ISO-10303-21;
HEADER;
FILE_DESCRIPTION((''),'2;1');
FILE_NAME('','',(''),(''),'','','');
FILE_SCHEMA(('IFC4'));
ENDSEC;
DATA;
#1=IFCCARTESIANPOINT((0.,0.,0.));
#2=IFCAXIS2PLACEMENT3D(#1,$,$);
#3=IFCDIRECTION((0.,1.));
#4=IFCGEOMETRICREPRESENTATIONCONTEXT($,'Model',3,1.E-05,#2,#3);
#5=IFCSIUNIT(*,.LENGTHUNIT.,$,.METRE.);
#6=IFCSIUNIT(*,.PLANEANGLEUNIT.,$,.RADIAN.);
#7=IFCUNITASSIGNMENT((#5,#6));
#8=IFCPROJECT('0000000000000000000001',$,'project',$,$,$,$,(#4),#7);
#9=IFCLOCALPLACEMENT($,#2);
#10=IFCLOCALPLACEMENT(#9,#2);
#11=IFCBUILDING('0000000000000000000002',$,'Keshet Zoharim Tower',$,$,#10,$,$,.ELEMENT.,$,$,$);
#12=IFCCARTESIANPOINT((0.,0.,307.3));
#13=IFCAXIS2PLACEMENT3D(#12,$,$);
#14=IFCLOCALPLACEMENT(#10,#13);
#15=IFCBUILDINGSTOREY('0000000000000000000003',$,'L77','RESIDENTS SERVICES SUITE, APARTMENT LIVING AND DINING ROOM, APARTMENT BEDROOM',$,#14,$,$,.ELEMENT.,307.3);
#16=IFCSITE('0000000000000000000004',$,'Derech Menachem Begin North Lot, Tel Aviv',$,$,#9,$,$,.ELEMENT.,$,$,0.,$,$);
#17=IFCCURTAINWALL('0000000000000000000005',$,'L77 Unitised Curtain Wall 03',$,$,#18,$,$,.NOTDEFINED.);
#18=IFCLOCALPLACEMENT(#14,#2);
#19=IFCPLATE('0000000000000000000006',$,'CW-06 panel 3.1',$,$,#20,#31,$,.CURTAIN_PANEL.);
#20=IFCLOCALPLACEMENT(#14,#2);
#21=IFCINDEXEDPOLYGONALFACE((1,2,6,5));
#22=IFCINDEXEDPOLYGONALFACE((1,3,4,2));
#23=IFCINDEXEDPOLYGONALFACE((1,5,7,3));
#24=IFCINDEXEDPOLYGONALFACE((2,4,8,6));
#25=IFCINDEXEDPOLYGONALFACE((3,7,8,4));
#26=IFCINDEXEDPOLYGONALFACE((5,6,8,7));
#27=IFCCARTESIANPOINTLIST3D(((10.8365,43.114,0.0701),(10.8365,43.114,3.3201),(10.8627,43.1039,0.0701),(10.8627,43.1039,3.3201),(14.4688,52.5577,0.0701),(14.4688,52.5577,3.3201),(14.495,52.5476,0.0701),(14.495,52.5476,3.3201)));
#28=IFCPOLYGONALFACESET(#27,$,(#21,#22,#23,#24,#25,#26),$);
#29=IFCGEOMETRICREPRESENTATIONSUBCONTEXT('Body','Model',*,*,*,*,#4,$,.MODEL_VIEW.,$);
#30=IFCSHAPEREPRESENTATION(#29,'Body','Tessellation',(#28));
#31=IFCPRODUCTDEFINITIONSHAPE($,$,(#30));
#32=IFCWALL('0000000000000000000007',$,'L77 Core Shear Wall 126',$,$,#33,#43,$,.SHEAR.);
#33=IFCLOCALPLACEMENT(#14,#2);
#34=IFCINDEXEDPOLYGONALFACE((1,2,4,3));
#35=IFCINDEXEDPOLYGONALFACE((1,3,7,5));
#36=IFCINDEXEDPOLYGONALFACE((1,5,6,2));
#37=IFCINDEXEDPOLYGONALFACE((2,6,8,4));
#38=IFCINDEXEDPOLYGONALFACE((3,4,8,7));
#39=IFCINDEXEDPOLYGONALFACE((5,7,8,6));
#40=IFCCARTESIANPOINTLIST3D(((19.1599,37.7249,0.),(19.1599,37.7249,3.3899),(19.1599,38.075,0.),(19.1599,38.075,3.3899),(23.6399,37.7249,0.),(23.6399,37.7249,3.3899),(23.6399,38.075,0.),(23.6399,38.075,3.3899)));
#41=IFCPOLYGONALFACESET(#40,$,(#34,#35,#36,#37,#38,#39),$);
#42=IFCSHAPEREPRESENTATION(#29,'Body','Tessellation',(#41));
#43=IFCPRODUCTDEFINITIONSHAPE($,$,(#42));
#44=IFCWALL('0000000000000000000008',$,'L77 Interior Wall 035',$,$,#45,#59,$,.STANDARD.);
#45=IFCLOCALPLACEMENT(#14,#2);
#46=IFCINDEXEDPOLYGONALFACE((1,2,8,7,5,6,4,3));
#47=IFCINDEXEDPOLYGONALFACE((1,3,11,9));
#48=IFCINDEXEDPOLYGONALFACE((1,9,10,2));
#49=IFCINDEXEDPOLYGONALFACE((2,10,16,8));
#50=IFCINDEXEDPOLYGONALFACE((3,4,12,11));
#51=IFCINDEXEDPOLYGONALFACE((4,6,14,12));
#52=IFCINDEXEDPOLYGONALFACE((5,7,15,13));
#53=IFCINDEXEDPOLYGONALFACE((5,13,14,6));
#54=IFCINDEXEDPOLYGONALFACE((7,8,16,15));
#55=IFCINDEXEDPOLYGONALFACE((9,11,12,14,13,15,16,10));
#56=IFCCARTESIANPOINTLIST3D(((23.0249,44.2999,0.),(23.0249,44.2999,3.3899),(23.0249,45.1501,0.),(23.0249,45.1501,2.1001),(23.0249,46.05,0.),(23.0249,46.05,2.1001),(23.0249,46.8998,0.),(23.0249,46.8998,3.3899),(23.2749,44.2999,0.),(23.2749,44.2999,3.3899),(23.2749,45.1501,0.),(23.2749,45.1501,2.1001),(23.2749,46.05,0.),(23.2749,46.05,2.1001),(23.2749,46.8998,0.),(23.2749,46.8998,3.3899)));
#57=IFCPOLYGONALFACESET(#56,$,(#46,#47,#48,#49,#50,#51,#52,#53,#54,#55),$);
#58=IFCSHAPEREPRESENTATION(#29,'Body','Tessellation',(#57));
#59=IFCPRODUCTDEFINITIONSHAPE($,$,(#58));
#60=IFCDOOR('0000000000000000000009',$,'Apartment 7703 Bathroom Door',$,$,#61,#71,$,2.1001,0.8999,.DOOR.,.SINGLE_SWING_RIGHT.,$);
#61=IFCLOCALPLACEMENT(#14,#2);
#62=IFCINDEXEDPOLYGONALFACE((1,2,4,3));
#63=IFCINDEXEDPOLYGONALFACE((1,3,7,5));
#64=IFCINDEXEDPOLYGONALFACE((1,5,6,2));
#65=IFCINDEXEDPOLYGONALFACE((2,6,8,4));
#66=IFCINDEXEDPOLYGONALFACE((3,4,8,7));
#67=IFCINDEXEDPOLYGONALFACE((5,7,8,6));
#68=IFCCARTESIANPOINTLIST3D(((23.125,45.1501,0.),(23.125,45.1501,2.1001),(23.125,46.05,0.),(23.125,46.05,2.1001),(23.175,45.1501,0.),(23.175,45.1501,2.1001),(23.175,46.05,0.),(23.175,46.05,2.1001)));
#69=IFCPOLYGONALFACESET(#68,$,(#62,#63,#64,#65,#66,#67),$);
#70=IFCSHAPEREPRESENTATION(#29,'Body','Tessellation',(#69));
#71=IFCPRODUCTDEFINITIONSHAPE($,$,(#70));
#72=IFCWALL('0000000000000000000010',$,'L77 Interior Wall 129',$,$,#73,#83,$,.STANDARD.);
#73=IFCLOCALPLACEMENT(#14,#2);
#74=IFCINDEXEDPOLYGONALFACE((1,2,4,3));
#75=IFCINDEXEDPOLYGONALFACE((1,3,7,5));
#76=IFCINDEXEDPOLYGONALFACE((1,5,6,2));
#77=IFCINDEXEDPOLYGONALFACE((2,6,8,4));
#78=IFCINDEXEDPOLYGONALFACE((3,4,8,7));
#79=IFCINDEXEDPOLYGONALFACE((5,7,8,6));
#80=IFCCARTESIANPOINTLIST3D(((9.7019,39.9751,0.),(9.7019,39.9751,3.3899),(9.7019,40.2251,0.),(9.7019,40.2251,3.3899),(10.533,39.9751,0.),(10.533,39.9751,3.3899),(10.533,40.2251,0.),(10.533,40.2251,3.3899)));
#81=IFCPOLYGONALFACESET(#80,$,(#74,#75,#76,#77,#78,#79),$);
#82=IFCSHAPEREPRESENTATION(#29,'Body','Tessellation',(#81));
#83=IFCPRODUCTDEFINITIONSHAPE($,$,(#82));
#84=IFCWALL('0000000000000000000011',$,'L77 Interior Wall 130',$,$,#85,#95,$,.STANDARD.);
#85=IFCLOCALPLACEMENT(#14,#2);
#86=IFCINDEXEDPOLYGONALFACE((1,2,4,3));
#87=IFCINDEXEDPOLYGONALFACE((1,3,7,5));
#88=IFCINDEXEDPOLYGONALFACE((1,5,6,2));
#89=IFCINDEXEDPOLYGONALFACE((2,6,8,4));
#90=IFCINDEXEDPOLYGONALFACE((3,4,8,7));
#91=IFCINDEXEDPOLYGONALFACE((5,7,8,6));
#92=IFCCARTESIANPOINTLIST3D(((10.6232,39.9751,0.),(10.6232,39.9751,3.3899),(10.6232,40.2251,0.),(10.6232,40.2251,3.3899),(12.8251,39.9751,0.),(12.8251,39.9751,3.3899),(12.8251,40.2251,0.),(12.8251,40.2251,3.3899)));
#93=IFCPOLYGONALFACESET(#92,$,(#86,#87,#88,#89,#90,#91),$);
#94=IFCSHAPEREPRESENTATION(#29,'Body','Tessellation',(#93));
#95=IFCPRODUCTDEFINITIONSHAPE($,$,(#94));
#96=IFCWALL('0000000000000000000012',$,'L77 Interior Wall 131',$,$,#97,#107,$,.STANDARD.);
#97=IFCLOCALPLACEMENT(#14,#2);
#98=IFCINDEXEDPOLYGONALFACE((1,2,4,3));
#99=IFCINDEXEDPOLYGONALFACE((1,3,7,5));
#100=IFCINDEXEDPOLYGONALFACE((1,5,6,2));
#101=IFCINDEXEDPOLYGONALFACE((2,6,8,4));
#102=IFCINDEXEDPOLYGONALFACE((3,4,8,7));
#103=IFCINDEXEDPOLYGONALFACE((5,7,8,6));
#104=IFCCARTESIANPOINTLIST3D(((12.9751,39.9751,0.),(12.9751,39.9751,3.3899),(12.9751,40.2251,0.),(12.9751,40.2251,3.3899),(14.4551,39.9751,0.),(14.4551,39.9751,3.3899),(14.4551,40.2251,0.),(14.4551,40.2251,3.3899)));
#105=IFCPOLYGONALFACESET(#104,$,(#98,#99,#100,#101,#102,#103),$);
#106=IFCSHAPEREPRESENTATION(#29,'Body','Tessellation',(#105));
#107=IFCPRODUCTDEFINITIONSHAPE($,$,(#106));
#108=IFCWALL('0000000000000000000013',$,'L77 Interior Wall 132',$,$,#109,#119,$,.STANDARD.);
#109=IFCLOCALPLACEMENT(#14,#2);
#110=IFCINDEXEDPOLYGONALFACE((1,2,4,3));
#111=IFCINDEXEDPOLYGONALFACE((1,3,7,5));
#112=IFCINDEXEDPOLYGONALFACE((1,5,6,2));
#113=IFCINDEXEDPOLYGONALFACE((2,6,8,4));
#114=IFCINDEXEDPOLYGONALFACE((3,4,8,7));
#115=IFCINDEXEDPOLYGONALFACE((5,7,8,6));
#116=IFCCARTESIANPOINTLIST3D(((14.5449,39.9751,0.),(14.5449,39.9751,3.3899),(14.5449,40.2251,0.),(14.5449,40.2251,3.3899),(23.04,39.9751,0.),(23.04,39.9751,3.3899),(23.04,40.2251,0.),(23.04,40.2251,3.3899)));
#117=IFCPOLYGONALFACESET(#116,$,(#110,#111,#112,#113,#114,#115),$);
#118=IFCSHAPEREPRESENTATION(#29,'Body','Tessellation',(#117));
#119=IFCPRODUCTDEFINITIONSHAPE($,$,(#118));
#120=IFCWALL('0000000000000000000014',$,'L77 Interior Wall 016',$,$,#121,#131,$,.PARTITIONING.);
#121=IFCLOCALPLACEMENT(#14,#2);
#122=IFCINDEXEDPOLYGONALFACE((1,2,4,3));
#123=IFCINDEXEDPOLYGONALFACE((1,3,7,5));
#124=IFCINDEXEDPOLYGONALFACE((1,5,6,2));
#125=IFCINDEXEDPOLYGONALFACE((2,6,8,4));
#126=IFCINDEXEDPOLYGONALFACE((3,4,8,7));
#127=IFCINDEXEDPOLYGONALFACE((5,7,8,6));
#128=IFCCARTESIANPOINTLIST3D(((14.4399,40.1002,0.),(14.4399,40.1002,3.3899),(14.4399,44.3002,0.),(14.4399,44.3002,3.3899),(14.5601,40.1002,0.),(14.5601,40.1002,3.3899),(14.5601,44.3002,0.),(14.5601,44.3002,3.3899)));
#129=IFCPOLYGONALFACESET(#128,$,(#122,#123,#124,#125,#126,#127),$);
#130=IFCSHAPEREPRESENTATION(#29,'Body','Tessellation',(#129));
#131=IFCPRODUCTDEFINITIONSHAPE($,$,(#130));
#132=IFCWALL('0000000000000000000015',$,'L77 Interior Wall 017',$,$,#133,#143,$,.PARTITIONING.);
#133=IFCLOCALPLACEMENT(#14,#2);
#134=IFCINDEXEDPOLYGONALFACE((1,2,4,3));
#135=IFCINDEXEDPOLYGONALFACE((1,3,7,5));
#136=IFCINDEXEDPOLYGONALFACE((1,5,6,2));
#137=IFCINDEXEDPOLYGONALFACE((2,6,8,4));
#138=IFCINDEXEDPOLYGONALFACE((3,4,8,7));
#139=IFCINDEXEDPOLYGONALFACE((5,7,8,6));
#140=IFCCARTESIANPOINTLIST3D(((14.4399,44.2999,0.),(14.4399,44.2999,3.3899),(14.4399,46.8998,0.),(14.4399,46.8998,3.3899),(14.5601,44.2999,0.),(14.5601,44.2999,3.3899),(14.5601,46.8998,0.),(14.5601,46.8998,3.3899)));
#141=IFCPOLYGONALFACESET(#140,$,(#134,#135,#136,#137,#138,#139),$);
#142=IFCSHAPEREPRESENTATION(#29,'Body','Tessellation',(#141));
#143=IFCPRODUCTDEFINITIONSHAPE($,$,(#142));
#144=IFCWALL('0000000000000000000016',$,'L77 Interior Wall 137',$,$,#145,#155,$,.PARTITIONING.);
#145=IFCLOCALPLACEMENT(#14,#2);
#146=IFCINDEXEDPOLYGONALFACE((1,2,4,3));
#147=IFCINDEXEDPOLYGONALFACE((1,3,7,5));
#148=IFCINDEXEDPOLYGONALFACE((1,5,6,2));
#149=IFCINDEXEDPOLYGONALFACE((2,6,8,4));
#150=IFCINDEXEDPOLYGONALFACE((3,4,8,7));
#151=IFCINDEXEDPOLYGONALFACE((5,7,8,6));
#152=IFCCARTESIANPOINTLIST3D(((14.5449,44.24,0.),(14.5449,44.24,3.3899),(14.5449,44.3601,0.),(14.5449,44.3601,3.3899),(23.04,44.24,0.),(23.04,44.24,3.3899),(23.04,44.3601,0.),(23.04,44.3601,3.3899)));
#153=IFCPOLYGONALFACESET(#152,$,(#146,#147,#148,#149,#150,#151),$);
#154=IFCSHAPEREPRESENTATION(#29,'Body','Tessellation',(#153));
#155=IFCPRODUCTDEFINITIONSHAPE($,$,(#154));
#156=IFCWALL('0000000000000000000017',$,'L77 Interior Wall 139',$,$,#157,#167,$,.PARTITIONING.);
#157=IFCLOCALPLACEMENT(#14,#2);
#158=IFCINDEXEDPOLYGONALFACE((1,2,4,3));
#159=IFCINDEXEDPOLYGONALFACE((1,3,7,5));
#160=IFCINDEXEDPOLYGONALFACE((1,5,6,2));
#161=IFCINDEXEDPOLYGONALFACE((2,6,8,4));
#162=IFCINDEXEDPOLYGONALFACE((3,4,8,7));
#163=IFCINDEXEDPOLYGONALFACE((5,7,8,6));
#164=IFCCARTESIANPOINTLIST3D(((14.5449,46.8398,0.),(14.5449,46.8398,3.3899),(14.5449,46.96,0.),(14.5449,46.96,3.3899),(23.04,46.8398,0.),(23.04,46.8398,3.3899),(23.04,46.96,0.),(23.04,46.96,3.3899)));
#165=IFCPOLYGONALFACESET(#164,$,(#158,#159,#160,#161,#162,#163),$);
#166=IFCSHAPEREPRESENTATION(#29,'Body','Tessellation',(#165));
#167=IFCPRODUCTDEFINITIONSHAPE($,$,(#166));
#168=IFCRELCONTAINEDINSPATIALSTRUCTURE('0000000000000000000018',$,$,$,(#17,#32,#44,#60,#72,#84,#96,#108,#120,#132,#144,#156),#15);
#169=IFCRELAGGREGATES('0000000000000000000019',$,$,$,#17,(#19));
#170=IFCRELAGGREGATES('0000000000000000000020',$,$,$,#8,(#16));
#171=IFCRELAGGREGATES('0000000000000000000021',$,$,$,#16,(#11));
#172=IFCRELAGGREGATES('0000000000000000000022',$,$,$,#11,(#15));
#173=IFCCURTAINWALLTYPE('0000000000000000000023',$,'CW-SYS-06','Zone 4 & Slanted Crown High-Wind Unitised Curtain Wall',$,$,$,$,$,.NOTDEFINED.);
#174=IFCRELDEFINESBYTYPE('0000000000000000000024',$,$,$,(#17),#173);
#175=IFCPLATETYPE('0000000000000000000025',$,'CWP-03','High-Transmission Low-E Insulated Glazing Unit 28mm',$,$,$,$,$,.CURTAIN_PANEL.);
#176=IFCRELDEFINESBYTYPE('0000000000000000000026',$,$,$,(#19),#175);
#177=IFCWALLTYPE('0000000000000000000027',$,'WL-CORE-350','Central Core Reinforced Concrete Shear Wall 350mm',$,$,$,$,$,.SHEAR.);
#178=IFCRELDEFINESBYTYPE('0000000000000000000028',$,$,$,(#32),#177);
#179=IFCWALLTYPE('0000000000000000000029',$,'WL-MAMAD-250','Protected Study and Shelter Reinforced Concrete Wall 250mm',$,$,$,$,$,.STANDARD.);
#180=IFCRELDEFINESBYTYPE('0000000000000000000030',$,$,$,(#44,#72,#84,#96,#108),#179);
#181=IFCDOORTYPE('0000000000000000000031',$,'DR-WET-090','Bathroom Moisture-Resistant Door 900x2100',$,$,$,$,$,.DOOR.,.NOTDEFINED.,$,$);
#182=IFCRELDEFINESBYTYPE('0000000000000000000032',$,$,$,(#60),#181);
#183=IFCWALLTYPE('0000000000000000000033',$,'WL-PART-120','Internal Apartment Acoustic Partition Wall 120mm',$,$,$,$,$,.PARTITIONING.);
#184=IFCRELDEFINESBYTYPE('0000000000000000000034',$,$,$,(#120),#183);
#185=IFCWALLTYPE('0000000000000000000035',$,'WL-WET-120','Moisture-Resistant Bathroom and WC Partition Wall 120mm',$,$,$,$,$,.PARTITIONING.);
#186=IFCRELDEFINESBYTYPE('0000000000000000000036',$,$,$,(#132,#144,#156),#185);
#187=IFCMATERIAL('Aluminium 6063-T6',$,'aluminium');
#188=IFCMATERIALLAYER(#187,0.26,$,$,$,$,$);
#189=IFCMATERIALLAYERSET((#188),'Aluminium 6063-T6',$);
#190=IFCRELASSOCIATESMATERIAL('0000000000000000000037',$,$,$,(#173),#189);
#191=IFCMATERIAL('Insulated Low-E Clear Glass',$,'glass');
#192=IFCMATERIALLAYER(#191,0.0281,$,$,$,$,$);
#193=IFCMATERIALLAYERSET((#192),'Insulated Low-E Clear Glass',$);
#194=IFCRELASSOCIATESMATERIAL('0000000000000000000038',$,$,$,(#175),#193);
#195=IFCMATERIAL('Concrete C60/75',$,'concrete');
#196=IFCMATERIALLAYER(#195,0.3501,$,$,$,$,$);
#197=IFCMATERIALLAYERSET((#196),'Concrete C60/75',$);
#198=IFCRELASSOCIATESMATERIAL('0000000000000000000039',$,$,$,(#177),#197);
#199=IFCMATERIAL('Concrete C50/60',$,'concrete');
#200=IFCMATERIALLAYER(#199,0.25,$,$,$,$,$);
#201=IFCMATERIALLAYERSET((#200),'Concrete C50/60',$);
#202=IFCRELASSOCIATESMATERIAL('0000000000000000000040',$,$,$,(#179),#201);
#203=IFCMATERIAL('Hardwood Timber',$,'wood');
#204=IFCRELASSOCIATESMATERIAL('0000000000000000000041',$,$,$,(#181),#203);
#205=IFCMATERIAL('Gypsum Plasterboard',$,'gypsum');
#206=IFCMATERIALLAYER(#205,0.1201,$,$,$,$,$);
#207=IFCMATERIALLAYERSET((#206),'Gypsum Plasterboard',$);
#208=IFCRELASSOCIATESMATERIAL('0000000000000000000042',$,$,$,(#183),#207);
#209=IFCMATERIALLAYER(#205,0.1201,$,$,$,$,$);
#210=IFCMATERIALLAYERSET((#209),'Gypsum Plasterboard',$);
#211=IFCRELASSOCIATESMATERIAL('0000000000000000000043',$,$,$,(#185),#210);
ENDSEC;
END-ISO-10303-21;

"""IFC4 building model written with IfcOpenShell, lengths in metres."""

from ifc_helpers import new_model, si_unit, direction, frame, frame_2d, origin, origin_2d, place, context, subcontext, project, spatial, rectangle, extrude, material, layer, layer_set, type_object, element, fill, aggregate, save


model = new_model("IFC4")

# Units and contexts
model_context = context("Model", 3, precision=1e-05, world=origin(), true_north=direction((0.0, 1.0)))
body_context = subcontext(model_context, "Body", "Model", "MODEL_VIEW")
ifc_project = project(units=[si_unit("LENGTHUNIT", "METRE"), si_unit("PLANEANGLEUNIT", "RADIAN")], contexts=[model_context])

# Site, building, storey
site_placement = place(None, origin())
site = spatial("IfcSite", under=ifc_project, at=site_placement, Name="Derech Menachem Begin North Lot, Tel Aviv", CompositionType="ELEMENT", RefElevation=0.0)
building_placement = place(site_placement, origin())
building = spatial("IfcBuilding", under=site, at=building_placement, Name="Keshet Zoharim Tower", CompositionType="ELEMENT")
storey_placement = place(building_placement, frame((0.0, 0.0, 307.3)))
storey = spatial("IfcBuildingStorey", under=building, at=storey_placement, Name="L77", Description="RESIDENTS SERVICES SUITE, APARTMENT LIVING AND DINING ROOM, APARTMENT BEDROOM", CompositionType="ELEMENT", Elevation=307.3)

# Curtain wall
ifc_material_1 = material(Name="Aluminium 6063-T6", Category="aluminium")
ifc_layer_1 = layer(ifc_material_1, 0.26)
ifc_layer_set_1 = layer_set([ifc_layer_1], Name="Aluminium 6063-T6")
curtain_wall_type = type_object("IfcCurtainWallType", Name="CW-SYS-06", Description="Zone 4 & Slanted Crown High-Wind Unitised Curtain Wall", PredefinedType="NOTDEFINED", material=ifc_layer_set_1)
curtain_wall_1_placement = place(storey_placement, origin())
curtain_wall_1 = element("IfcCurtainWall", 1, at=curtain_wall_1_placement, inside=storey, type_object=curtain_wall_type, Name="L77 Unitised Curtain Wall 03", PredefinedType="NOTDEFINED")

# Plate
ifc_material_2 = material(Name="Insulated Low-E Clear Glass", Category="glass")
ifc_layer_2 = layer(ifc_material_2, 0.0281)
ifc_layer_set_2 = layer_set([ifc_layer_2], Name="Insulated Low-E Clear Glass")
plate_type = type_object("IfcPlateType", Name="CWP-03", Description="High-Transmission Low-E Insulated Glazing Unit 28mm", PredefinedType="CURTAIN_PANEL", material=ifc_layer_set_2)
plate_1_placement = place(storey_placement, frame((12.6658, 47.8308, 0.0701), z_axis=(0.0, 0.0, 1.0), x_axis=(0.35899, 0.933341, 0.0)))
plate_1 = element("IfcPlate", 2, at=plate_1_placement, type_object=plate_type, Name="CW-06 panel 3.1", PredefinedType="CURTAIN_PANEL", context=body_context, shape_type="SweptSolid", body=[
    extrude(rectangle(XDim=10.1182, YDim=0.0281, at=origin_2d()), origin(), (0.0, 0.0, 1.0), 3.25),
])
aggregate(curtain_wall_1, [plate_1])

# Wall
ifc_material_3 = material(Name="Concrete C60/75", Category="concrete")
ifc_layer_3 = layer(ifc_material_3, 0.3501)
ifc_layer_set_3 = layer_set([ifc_layer_3], Name="Concrete C60/75")
wall_type_1 = type_object("IfcWallType", Name="WL-CORE-350", Description="Central Core Reinforced Concrete Shear Wall 350mm", PredefinedType="SHEAR", material=ifc_layer_set_3)
wall_1_placement = place(storey_placement, frame((19.1599, 37.8999, 0.0), z_axis=(0.0, 0.0, 1.0), x_axis=(1.0, 0.0, 0.0)))
element("IfcWall", 3, at=wall_1_placement, inside=storey, type_object=wall_type_1, Name="L77 Core Shear Wall 126", PredefinedType="SHEAR", context=body_context, shape_type="SweptSolid", body=[
    extrude(rectangle(XDim=4.48, YDim=0.3501, at=frame_2d((2.24, 0.0))), origin(), (0.0, 0.0, 1.0), 3.3899),
])

# Wall, opening, door
ifc_material_4 = material(Name="Concrete C50/60", Category="concrete")
ifc_layer_4 = layer(ifc_material_4, 0.25)
ifc_layer_set_4 = layer_set([ifc_layer_4], Name="Concrete C50/60")
wall_type_2 = type_object("IfcWallType", Name="WL-MAMAD-250", Description="Protected Study and Shelter Reinforced Concrete Wall 250mm", PredefinedType="STANDARD", material=ifc_layer_set_4)
ifc_material_5 = material(Name="Hardwood Timber", Category="wood")
wall_2_placement = place(storey_placement, frame((23.1499, 44.3, 0.0), z_axis=(0.0, 0.0, 1.0), x_axis=(0.0, 1.0, 0.0)))
wall_2 = element("IfcWall", 4, at=wall_2_placement, inside=storey, type_object=wall_type_2, Name="L77 Interior Wall 035", PredefinedType="STANDARD", context=body_context, shape_type="SweptSolid", body=[
    extrude(rectangle(XDim=2.5999, YDim=0.25, at=frame_2d((1.2998, 0.0))), origin(), (0.0, 0.0, 1.0), 3.3899),
])
opening_1_placement = place(wall_2_placement, frame((0.8501, 0.0, 0.0)))
opening_1 = element("IfcOpeningElement", 5, at=opening_1_placement, cuts=wall_2, PredefinedType="OPENING", context=body_context, shape_type="SweptSolid", body=[
    extrude(rectangle(XDim=0.8999, YDim=2.1001, at=frame_2d((0.45, 1.05))), frame((0.0, 0.135, 0.0), z_axis=(0.0, -1.0, 0.0), x_axis=(1.0, 0.0, 0.0)), (0.0, 0.0, 1.0), 0.27),
])
door_type_1 = type_object("IfcDoorType", Name="DR-WET-090", Description="Bathroom Moisture-Resistant Door 900x2100", OperationType="NOTDEFINED", PredefinedType="DOOR", material=ifc_material_5)
door_1_placement = place(opening_1_placement, origin())
door_1 = element("IfcDoor", 6, at=door_1_placement, inside=storey, type_object=door_type_1, Name="Apartment 7703 Bathroom Door", OperationType="SINGLE_SWING_RIGHT", OverallHeight=2.1001, OverallWidth=0.8999, PredefinedType="DOOR", context=body_context, shape_type="SweptSolid", body=[
    extrude(rectangle(XDim=0.8999, YDim=2.1001, at=frame_2d((0.45, 1.05))), frame((0.0, 0.0249, 0.0), z_axis=(0.0, -1.0, 0.0), x_axis=(1.0, 0.0, 0.0)), (0.0, 0.0, 1.0), 0.05),
])
fill(opening_1, door_1)

# Walls
wall_3_placement = place(storey_placement, frame((9.7019, 40.1001, 0.0), z_axis=(0.0, 0.0, 1.0), x_axis=(1.0, 0.0, 0.0)))
element("IfcWall", 7, at=wall_3_placement, inside=storey, type_object=wall_type_2, Name="L77 Interior Wall 129", PredefinedType="STANDARD", context=body_context, shape_type="SweptSolid", body=[
    extrude(rectangle(XDim=0.8311, YDim=0.25, at=frame_2d((0.4155, 0.0))), origin(), (0.0, 0.0, 1.0), 3.3899),
])
wall_4_placement = place(storey_placement, frame((10.623, 40.1001, 0.0), z_axis=(0.0, 0.0, 1.0), x_axis=(1.0, 0.0, 0.0)))
element("IfcWall", 8, at=wall_4_placement, inside=storey, type_object=wall_type_2, Name="L77 Interior Wall 130", PredefinedType="STANDARD", context=body_context, shape_type="SweptSolid", body=[
    extrude(rectangle(XDim=2.2019, YDim=0.25, at=frame_2d((1.1011, 0.0))), origin(), (0.0, 0.0, 1.0), 3.3899),
])
wall_5_placement = place(storey_placement, frame((12.9751, 40.1001, 0.0), z_axis=(0.0, 0.0, 1.0), x_axis=(1.0, 0.0, 0.0)))
element("IfcWall", 9, at=wall_5_placement, inside=storey, type_object=wall_type_2, Name="L77 Interior Wall 131", PredefinedType="STANDARD", context=body_context, shape_type="SweptSolid", body=[
    extrude(rectangle(XDim=1.48, YDim=0.25, at=frame_2d((0.74, 0.0))), origin(), (0.0, 0.0, 1.0), 3.3899),
])
wall_6_placement = place(storey_placement, frame((14.5449, 40.1001, 0.0), z_axis=(0.0, 0.0, 1.0), x_axis=(1.0, 0.0, 0.0)))
element("IfcWall", 10, at=wall_6_placement, inside=storey, type_object=wall_type_2, Name="L77 Interior Wall 132", PredefinedType="STANDARD", context=body_context, shape_type="SweptSolid", body=[
    extrude(rectangle(XDim=8.4951, YDim=0.25, at=frame_2d((4.2476, 0.0))), origin(), (0.0, 0.0, 1.0), 3.3899),
])
ifc_material_6 = material(Name="Gypsum Plasterboard", Category="gypsum")
ifc_layer_5 = layer(ifc_material_6, 0.1201)
ifc_layer_set_5 = layer_set([ifc_layer_5], Name="Gypsum Plasterboard")
wall_type_3 = type_object("IfcWallType", Name="WL-PART-120", Description="Internal Apartment Acoustic Partition Wall 120mm", PredefinedType="PARTITIONING", material=ifc_layer_set_5)
wall_7_placement = place(storey_placement, frame((14.5, 40.1001, 0.0), z_axis=(0.0, 0.0, 1.0), x_axis=(0.0, 1.0, 0.0)))
element("IfcWall", 11, at=wall_7_placement, inside=storey, type_object=wall_type_3, Name="L77 Interior Wall 016", PredefinedType="PARTITIONING", context=body_context, shape_type="SweptSolid", body=[
    extrude(rectangle(XDim=4.2, YDim=0.1201, at=frame_2d((2.1001, 0.0))), origin(), (0.0, 0.0, 1.0), 3.3899),
])
ifc_layer_6 = layer(ifc_material_6, 0.1201)
ifc_layer_set_6 = layer_set([ifc_layer_6], Name="Gypsum Plasterboard")
wall_type_4 = type_object("IfcWallType", Name="WL-WET-120", Description="Moisture-Resistant Bathroom and WC Partition Wall 120mm", PredefinedType="PARTITIONING", material=ifc_layer_set_6)
wall_8_placement = place(storey_placement, frame((14.5, 44.3, 0.0), z_axis=(0.0, 0.0, 1.0), x_axis=(0.0, 1.0, 0.0)))
element("IfcWall", 12, at=wall_8_placement, inside=storey, type_object=wall_type_4, Name="L77 Interior Wall 017", PredefinedType="PARTITIONING", context=body_context, shape_type="SweptSolid", body=[
    extrude(rectangle(XDim=2.5999, YDim=0.1201, at=frame_2d((1.2998, 0.0))), origin(), (0.0, 0.0, 1.0), 3.3899),
])
for number, where, z_axis, x_axis, name in (
    (13, (14.5449, 44.3, 0.0), (0.0, 0.0, 1.0), (1.0, 0.0, 0.0), "L77 Interior Wall 137"),
    (14, (14.5449, 46.8999, 0.0), (0.0, 0.0, 1.0), (1.0, 0.0, 0.0), "L77 Interior Wall 139"),
):
    element("IfcWall", number, at=place(storey_placement, frame(where, z_axis=z_axis, x_axis=x_axis)), inside=storey, type_object=wall_type_4, Name=name, PredefinedType="PARTITIONING", context=body_context, shape_type="SweptSolid", body=[
        extrude(rectangle(XDim=8.4951, YDim=0.1201, at=frame_2d((4.2476, 0.0))), origin(), (0.0, 0.0, 1.0), 3.3899),
    ])

save(model, "model.ifc")
